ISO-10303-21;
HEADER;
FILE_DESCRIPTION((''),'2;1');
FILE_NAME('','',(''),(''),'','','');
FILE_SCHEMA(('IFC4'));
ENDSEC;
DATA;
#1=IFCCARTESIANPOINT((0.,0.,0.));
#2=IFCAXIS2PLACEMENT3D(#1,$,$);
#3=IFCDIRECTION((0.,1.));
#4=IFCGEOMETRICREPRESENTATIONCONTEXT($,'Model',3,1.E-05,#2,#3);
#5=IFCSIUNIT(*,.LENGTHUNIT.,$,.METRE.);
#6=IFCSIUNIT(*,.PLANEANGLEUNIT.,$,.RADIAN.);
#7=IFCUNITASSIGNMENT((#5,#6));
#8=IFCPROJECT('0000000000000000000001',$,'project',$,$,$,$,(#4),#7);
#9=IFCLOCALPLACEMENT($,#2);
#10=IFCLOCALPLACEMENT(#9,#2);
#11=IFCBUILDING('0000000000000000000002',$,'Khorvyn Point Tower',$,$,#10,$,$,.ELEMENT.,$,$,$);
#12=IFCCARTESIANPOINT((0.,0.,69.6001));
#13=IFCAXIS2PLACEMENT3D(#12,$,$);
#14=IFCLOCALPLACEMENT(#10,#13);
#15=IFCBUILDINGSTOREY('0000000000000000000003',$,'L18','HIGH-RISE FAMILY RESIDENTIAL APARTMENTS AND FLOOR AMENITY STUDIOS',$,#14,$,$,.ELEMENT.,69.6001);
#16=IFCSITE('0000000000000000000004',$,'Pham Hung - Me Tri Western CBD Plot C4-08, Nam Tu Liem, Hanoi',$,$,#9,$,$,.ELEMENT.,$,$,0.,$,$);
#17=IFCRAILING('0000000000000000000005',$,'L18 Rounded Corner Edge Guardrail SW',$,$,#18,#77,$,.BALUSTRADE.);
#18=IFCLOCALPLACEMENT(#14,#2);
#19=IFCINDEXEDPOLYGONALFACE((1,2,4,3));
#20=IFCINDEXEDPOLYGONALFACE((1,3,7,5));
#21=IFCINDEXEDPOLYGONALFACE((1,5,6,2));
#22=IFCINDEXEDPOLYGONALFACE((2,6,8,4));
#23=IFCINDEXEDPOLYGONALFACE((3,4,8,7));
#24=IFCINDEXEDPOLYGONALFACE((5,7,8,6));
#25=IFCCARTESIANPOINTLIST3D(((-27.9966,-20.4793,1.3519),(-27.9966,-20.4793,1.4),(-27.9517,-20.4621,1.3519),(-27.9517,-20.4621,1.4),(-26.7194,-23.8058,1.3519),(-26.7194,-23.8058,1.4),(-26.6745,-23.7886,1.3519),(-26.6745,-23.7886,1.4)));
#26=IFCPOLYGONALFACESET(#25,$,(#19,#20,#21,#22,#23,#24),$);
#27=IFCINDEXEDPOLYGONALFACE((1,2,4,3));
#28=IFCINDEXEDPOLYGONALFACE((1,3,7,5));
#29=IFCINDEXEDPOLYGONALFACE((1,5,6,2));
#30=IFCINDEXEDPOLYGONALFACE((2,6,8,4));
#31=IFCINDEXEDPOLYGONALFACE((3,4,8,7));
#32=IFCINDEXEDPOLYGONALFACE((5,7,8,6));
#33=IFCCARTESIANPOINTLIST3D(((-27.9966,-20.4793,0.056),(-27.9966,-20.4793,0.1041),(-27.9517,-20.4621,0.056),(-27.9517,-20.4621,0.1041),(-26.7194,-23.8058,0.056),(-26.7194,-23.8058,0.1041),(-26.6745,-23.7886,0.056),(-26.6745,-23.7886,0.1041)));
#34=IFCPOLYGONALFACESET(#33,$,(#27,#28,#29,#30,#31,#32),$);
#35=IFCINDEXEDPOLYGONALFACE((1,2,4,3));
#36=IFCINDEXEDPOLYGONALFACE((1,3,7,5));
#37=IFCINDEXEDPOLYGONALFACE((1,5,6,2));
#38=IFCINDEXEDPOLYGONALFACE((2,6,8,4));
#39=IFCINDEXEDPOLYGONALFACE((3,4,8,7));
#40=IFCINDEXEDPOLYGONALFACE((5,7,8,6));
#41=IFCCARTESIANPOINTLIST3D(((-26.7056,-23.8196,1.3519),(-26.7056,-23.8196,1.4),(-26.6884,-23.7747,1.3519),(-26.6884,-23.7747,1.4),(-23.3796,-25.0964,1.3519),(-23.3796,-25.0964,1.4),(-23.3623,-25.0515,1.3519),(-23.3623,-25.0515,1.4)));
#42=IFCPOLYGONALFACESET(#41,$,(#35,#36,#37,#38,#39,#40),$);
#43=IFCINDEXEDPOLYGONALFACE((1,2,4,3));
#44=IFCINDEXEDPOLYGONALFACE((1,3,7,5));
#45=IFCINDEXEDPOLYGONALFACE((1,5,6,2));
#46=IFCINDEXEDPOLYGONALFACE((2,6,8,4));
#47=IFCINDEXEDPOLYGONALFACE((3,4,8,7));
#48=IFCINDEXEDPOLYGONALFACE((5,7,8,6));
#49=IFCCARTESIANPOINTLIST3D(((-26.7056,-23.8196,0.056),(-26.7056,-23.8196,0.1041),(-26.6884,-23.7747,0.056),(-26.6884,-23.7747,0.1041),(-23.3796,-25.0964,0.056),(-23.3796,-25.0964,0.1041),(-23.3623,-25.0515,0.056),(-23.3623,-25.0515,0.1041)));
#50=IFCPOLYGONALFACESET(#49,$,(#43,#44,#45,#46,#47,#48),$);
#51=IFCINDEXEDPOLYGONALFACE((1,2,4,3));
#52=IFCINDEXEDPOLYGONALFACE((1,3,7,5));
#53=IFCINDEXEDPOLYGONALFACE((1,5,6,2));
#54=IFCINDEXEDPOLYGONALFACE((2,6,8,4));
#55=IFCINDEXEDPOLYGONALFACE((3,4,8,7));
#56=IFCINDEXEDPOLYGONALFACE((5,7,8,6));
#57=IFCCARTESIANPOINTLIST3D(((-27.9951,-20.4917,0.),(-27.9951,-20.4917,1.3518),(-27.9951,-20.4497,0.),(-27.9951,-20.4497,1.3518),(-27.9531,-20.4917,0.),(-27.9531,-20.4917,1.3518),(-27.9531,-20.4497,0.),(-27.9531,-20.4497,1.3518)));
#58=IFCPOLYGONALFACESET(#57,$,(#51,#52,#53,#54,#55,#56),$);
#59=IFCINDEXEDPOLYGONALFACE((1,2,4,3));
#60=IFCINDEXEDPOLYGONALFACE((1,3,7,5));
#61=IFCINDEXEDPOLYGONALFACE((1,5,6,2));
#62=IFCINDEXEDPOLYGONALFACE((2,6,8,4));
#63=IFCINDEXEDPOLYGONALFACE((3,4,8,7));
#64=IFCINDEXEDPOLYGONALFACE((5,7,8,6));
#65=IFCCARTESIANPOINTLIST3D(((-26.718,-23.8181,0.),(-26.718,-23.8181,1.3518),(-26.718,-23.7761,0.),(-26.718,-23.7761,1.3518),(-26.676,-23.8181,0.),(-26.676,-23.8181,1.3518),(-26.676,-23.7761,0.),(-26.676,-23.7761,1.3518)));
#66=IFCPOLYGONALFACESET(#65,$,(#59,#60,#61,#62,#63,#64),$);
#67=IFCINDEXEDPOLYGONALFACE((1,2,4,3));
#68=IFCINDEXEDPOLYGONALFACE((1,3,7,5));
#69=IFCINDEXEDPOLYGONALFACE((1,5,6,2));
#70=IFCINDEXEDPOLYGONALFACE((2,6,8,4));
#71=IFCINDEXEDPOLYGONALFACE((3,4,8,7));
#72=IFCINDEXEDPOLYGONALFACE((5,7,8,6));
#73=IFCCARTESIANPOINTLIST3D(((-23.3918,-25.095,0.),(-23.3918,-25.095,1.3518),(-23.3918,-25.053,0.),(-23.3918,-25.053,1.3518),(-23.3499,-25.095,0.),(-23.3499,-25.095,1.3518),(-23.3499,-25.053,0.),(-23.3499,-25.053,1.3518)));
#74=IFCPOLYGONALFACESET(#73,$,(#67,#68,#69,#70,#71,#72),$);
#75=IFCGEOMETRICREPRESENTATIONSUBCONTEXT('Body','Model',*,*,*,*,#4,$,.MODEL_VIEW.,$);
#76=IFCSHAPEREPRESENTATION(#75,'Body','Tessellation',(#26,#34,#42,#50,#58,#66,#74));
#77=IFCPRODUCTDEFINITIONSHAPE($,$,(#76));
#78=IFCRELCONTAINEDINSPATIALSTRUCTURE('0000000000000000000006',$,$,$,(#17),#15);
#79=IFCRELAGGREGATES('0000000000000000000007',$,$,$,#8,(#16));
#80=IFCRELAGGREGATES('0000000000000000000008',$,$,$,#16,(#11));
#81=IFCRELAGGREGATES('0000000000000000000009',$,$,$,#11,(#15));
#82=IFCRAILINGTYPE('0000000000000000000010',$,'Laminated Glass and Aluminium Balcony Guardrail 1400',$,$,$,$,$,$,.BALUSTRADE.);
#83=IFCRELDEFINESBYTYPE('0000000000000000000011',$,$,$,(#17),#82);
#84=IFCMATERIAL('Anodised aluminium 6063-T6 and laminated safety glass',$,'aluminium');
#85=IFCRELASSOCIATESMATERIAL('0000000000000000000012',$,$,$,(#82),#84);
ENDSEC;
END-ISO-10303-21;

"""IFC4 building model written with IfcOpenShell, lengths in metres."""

from ifc_helpers import new_model, si_unit, direction, frame, origin, origin_2d, place, context, subcontext, project, spatial, rectangle, extrude, material, type_object, element, save


model = new_model("IFC4")

# Units and contexts
model_context = context("Model", 3, precision=1e-05, world=origin(), true_north=direction((0.0, 1.0)))
body_context = subcontext(model_context, "Body", "Model", "MODEL_VIEW")
ifc_project = project(units=[si_unit("LENGTHUNIT", "METRE"), si_unit("PLANEANGLEUNIT", "RADIAN")], contexts=[model_context])

# Site, building, storey
site_placement = place(None, origin())
site = spatial("IfcSite", under=ifc_project, at=site_placement, Name="Pham Hung - Me Tri Western CBD Plot C4-08, Nam Tu Liem, Hanoi", CompositionType="ELEMENT", RefElevation=0.0)
building_placement = place(site_placement, origin())
building = spatial("IfcBuilding", under=site, at=building_placement, Name="Khorvyn Point Tower", CompositionType="ELEMENT")
storey_placement = place(building_placement, frame((0.0, 0.0, 69.6001)))
storey = spatial("IfcBuildingStorey", under=building, at=storey_placement, Name="L18", Description="HIGH-RISE FAMILY RESIDENTIAL APARTMENTS AND FLOOR AMENITY STUDIOS", CompositionType="ELEMENT", Elevation=69.6001)

# Railing
ifc_material_1 = material(Name="Anodised aluminium 6063-T6 and laminated safety glass", Category="aluminium")
railing_type = type_object("IfcRailingType", Name="Laminated Glass and Aluminium Balcony Guardrail 1400", PredefinedType="BALUSTRADE", material=ifc_material_1)
railing_placement = place(storey_placement, frame((-27.9741, -20.4707, 0.0)))
element("IfcRailing", 1, at=railing_placement, inside=storey, type_object=railing_type, Name="L18 Rounded Corner Edge Guardrail SW", PredefinedType="BALUSTRADE", context=body_context, shape_type="SweptSolid", body=[
    extrude(rectangle(XDim=0.0481, YDim=0.0481, at=origin_2d()), frame((0.0, 0.0, 1.376), z_axis=(0.358419, -0.933561, 0.0), x_axis=(0.933561, 0.358419, 0.0)), (0.0, 0.0, 1.0), 3.5632),
    extrude(rectangle(XDim=0.0481, YDim=0.0481, at=origin_2d()), frame((0.0, 0.0, 0.0801), z_axis=(0.358419, -0.933561, 0.0), x_axis=(0.933561, 0.358419, 0.0)), (0.0, 0.0, 1.0), 3.5632),
    extrude(rectangle(XDim=0.0481, YDim=0.0481, at=origin_2d()), frame((1.2771, -3.3264, 1.376), z_axis=(0.933575, -0.358382, 0.0), x_axis=(0.358382, 0.933575, 0.0)), (0.0, 0.0, 1.0), 3.5627),
    extrude(rectangle(XDim=0.0481, YDim=0.0481, at=origin_2d()), frame((1.2771, -3.3264, 0.0801), z_axis=(0.933575, -0.358382, 0.0), x_axis=(0.358382, 0.933575, 0.0)), (0.0, 0.0, 1.0), 3.5627),
    extrude(rectangle(XDim=0.042, YDim=0.042, at=origin_2d()), origin(), (0.0, 0.0, 1.0), 1.3518),
    extrude(rectangle(XDim=0.042, YDim=0.042, at=origin_2d()), frame((1.2771, -3.3264, 0.0)), (0.0, 0.0, 1.0), 1.3518),
    extrude(rectangle(XDim=0.042, YDim=0.042, at=origin_2d()), frame((4.6033, -4.6033, 0.0)), (0.0, 0.0, 1.0), 1.3518),
])

save(model, "model.ifc")
